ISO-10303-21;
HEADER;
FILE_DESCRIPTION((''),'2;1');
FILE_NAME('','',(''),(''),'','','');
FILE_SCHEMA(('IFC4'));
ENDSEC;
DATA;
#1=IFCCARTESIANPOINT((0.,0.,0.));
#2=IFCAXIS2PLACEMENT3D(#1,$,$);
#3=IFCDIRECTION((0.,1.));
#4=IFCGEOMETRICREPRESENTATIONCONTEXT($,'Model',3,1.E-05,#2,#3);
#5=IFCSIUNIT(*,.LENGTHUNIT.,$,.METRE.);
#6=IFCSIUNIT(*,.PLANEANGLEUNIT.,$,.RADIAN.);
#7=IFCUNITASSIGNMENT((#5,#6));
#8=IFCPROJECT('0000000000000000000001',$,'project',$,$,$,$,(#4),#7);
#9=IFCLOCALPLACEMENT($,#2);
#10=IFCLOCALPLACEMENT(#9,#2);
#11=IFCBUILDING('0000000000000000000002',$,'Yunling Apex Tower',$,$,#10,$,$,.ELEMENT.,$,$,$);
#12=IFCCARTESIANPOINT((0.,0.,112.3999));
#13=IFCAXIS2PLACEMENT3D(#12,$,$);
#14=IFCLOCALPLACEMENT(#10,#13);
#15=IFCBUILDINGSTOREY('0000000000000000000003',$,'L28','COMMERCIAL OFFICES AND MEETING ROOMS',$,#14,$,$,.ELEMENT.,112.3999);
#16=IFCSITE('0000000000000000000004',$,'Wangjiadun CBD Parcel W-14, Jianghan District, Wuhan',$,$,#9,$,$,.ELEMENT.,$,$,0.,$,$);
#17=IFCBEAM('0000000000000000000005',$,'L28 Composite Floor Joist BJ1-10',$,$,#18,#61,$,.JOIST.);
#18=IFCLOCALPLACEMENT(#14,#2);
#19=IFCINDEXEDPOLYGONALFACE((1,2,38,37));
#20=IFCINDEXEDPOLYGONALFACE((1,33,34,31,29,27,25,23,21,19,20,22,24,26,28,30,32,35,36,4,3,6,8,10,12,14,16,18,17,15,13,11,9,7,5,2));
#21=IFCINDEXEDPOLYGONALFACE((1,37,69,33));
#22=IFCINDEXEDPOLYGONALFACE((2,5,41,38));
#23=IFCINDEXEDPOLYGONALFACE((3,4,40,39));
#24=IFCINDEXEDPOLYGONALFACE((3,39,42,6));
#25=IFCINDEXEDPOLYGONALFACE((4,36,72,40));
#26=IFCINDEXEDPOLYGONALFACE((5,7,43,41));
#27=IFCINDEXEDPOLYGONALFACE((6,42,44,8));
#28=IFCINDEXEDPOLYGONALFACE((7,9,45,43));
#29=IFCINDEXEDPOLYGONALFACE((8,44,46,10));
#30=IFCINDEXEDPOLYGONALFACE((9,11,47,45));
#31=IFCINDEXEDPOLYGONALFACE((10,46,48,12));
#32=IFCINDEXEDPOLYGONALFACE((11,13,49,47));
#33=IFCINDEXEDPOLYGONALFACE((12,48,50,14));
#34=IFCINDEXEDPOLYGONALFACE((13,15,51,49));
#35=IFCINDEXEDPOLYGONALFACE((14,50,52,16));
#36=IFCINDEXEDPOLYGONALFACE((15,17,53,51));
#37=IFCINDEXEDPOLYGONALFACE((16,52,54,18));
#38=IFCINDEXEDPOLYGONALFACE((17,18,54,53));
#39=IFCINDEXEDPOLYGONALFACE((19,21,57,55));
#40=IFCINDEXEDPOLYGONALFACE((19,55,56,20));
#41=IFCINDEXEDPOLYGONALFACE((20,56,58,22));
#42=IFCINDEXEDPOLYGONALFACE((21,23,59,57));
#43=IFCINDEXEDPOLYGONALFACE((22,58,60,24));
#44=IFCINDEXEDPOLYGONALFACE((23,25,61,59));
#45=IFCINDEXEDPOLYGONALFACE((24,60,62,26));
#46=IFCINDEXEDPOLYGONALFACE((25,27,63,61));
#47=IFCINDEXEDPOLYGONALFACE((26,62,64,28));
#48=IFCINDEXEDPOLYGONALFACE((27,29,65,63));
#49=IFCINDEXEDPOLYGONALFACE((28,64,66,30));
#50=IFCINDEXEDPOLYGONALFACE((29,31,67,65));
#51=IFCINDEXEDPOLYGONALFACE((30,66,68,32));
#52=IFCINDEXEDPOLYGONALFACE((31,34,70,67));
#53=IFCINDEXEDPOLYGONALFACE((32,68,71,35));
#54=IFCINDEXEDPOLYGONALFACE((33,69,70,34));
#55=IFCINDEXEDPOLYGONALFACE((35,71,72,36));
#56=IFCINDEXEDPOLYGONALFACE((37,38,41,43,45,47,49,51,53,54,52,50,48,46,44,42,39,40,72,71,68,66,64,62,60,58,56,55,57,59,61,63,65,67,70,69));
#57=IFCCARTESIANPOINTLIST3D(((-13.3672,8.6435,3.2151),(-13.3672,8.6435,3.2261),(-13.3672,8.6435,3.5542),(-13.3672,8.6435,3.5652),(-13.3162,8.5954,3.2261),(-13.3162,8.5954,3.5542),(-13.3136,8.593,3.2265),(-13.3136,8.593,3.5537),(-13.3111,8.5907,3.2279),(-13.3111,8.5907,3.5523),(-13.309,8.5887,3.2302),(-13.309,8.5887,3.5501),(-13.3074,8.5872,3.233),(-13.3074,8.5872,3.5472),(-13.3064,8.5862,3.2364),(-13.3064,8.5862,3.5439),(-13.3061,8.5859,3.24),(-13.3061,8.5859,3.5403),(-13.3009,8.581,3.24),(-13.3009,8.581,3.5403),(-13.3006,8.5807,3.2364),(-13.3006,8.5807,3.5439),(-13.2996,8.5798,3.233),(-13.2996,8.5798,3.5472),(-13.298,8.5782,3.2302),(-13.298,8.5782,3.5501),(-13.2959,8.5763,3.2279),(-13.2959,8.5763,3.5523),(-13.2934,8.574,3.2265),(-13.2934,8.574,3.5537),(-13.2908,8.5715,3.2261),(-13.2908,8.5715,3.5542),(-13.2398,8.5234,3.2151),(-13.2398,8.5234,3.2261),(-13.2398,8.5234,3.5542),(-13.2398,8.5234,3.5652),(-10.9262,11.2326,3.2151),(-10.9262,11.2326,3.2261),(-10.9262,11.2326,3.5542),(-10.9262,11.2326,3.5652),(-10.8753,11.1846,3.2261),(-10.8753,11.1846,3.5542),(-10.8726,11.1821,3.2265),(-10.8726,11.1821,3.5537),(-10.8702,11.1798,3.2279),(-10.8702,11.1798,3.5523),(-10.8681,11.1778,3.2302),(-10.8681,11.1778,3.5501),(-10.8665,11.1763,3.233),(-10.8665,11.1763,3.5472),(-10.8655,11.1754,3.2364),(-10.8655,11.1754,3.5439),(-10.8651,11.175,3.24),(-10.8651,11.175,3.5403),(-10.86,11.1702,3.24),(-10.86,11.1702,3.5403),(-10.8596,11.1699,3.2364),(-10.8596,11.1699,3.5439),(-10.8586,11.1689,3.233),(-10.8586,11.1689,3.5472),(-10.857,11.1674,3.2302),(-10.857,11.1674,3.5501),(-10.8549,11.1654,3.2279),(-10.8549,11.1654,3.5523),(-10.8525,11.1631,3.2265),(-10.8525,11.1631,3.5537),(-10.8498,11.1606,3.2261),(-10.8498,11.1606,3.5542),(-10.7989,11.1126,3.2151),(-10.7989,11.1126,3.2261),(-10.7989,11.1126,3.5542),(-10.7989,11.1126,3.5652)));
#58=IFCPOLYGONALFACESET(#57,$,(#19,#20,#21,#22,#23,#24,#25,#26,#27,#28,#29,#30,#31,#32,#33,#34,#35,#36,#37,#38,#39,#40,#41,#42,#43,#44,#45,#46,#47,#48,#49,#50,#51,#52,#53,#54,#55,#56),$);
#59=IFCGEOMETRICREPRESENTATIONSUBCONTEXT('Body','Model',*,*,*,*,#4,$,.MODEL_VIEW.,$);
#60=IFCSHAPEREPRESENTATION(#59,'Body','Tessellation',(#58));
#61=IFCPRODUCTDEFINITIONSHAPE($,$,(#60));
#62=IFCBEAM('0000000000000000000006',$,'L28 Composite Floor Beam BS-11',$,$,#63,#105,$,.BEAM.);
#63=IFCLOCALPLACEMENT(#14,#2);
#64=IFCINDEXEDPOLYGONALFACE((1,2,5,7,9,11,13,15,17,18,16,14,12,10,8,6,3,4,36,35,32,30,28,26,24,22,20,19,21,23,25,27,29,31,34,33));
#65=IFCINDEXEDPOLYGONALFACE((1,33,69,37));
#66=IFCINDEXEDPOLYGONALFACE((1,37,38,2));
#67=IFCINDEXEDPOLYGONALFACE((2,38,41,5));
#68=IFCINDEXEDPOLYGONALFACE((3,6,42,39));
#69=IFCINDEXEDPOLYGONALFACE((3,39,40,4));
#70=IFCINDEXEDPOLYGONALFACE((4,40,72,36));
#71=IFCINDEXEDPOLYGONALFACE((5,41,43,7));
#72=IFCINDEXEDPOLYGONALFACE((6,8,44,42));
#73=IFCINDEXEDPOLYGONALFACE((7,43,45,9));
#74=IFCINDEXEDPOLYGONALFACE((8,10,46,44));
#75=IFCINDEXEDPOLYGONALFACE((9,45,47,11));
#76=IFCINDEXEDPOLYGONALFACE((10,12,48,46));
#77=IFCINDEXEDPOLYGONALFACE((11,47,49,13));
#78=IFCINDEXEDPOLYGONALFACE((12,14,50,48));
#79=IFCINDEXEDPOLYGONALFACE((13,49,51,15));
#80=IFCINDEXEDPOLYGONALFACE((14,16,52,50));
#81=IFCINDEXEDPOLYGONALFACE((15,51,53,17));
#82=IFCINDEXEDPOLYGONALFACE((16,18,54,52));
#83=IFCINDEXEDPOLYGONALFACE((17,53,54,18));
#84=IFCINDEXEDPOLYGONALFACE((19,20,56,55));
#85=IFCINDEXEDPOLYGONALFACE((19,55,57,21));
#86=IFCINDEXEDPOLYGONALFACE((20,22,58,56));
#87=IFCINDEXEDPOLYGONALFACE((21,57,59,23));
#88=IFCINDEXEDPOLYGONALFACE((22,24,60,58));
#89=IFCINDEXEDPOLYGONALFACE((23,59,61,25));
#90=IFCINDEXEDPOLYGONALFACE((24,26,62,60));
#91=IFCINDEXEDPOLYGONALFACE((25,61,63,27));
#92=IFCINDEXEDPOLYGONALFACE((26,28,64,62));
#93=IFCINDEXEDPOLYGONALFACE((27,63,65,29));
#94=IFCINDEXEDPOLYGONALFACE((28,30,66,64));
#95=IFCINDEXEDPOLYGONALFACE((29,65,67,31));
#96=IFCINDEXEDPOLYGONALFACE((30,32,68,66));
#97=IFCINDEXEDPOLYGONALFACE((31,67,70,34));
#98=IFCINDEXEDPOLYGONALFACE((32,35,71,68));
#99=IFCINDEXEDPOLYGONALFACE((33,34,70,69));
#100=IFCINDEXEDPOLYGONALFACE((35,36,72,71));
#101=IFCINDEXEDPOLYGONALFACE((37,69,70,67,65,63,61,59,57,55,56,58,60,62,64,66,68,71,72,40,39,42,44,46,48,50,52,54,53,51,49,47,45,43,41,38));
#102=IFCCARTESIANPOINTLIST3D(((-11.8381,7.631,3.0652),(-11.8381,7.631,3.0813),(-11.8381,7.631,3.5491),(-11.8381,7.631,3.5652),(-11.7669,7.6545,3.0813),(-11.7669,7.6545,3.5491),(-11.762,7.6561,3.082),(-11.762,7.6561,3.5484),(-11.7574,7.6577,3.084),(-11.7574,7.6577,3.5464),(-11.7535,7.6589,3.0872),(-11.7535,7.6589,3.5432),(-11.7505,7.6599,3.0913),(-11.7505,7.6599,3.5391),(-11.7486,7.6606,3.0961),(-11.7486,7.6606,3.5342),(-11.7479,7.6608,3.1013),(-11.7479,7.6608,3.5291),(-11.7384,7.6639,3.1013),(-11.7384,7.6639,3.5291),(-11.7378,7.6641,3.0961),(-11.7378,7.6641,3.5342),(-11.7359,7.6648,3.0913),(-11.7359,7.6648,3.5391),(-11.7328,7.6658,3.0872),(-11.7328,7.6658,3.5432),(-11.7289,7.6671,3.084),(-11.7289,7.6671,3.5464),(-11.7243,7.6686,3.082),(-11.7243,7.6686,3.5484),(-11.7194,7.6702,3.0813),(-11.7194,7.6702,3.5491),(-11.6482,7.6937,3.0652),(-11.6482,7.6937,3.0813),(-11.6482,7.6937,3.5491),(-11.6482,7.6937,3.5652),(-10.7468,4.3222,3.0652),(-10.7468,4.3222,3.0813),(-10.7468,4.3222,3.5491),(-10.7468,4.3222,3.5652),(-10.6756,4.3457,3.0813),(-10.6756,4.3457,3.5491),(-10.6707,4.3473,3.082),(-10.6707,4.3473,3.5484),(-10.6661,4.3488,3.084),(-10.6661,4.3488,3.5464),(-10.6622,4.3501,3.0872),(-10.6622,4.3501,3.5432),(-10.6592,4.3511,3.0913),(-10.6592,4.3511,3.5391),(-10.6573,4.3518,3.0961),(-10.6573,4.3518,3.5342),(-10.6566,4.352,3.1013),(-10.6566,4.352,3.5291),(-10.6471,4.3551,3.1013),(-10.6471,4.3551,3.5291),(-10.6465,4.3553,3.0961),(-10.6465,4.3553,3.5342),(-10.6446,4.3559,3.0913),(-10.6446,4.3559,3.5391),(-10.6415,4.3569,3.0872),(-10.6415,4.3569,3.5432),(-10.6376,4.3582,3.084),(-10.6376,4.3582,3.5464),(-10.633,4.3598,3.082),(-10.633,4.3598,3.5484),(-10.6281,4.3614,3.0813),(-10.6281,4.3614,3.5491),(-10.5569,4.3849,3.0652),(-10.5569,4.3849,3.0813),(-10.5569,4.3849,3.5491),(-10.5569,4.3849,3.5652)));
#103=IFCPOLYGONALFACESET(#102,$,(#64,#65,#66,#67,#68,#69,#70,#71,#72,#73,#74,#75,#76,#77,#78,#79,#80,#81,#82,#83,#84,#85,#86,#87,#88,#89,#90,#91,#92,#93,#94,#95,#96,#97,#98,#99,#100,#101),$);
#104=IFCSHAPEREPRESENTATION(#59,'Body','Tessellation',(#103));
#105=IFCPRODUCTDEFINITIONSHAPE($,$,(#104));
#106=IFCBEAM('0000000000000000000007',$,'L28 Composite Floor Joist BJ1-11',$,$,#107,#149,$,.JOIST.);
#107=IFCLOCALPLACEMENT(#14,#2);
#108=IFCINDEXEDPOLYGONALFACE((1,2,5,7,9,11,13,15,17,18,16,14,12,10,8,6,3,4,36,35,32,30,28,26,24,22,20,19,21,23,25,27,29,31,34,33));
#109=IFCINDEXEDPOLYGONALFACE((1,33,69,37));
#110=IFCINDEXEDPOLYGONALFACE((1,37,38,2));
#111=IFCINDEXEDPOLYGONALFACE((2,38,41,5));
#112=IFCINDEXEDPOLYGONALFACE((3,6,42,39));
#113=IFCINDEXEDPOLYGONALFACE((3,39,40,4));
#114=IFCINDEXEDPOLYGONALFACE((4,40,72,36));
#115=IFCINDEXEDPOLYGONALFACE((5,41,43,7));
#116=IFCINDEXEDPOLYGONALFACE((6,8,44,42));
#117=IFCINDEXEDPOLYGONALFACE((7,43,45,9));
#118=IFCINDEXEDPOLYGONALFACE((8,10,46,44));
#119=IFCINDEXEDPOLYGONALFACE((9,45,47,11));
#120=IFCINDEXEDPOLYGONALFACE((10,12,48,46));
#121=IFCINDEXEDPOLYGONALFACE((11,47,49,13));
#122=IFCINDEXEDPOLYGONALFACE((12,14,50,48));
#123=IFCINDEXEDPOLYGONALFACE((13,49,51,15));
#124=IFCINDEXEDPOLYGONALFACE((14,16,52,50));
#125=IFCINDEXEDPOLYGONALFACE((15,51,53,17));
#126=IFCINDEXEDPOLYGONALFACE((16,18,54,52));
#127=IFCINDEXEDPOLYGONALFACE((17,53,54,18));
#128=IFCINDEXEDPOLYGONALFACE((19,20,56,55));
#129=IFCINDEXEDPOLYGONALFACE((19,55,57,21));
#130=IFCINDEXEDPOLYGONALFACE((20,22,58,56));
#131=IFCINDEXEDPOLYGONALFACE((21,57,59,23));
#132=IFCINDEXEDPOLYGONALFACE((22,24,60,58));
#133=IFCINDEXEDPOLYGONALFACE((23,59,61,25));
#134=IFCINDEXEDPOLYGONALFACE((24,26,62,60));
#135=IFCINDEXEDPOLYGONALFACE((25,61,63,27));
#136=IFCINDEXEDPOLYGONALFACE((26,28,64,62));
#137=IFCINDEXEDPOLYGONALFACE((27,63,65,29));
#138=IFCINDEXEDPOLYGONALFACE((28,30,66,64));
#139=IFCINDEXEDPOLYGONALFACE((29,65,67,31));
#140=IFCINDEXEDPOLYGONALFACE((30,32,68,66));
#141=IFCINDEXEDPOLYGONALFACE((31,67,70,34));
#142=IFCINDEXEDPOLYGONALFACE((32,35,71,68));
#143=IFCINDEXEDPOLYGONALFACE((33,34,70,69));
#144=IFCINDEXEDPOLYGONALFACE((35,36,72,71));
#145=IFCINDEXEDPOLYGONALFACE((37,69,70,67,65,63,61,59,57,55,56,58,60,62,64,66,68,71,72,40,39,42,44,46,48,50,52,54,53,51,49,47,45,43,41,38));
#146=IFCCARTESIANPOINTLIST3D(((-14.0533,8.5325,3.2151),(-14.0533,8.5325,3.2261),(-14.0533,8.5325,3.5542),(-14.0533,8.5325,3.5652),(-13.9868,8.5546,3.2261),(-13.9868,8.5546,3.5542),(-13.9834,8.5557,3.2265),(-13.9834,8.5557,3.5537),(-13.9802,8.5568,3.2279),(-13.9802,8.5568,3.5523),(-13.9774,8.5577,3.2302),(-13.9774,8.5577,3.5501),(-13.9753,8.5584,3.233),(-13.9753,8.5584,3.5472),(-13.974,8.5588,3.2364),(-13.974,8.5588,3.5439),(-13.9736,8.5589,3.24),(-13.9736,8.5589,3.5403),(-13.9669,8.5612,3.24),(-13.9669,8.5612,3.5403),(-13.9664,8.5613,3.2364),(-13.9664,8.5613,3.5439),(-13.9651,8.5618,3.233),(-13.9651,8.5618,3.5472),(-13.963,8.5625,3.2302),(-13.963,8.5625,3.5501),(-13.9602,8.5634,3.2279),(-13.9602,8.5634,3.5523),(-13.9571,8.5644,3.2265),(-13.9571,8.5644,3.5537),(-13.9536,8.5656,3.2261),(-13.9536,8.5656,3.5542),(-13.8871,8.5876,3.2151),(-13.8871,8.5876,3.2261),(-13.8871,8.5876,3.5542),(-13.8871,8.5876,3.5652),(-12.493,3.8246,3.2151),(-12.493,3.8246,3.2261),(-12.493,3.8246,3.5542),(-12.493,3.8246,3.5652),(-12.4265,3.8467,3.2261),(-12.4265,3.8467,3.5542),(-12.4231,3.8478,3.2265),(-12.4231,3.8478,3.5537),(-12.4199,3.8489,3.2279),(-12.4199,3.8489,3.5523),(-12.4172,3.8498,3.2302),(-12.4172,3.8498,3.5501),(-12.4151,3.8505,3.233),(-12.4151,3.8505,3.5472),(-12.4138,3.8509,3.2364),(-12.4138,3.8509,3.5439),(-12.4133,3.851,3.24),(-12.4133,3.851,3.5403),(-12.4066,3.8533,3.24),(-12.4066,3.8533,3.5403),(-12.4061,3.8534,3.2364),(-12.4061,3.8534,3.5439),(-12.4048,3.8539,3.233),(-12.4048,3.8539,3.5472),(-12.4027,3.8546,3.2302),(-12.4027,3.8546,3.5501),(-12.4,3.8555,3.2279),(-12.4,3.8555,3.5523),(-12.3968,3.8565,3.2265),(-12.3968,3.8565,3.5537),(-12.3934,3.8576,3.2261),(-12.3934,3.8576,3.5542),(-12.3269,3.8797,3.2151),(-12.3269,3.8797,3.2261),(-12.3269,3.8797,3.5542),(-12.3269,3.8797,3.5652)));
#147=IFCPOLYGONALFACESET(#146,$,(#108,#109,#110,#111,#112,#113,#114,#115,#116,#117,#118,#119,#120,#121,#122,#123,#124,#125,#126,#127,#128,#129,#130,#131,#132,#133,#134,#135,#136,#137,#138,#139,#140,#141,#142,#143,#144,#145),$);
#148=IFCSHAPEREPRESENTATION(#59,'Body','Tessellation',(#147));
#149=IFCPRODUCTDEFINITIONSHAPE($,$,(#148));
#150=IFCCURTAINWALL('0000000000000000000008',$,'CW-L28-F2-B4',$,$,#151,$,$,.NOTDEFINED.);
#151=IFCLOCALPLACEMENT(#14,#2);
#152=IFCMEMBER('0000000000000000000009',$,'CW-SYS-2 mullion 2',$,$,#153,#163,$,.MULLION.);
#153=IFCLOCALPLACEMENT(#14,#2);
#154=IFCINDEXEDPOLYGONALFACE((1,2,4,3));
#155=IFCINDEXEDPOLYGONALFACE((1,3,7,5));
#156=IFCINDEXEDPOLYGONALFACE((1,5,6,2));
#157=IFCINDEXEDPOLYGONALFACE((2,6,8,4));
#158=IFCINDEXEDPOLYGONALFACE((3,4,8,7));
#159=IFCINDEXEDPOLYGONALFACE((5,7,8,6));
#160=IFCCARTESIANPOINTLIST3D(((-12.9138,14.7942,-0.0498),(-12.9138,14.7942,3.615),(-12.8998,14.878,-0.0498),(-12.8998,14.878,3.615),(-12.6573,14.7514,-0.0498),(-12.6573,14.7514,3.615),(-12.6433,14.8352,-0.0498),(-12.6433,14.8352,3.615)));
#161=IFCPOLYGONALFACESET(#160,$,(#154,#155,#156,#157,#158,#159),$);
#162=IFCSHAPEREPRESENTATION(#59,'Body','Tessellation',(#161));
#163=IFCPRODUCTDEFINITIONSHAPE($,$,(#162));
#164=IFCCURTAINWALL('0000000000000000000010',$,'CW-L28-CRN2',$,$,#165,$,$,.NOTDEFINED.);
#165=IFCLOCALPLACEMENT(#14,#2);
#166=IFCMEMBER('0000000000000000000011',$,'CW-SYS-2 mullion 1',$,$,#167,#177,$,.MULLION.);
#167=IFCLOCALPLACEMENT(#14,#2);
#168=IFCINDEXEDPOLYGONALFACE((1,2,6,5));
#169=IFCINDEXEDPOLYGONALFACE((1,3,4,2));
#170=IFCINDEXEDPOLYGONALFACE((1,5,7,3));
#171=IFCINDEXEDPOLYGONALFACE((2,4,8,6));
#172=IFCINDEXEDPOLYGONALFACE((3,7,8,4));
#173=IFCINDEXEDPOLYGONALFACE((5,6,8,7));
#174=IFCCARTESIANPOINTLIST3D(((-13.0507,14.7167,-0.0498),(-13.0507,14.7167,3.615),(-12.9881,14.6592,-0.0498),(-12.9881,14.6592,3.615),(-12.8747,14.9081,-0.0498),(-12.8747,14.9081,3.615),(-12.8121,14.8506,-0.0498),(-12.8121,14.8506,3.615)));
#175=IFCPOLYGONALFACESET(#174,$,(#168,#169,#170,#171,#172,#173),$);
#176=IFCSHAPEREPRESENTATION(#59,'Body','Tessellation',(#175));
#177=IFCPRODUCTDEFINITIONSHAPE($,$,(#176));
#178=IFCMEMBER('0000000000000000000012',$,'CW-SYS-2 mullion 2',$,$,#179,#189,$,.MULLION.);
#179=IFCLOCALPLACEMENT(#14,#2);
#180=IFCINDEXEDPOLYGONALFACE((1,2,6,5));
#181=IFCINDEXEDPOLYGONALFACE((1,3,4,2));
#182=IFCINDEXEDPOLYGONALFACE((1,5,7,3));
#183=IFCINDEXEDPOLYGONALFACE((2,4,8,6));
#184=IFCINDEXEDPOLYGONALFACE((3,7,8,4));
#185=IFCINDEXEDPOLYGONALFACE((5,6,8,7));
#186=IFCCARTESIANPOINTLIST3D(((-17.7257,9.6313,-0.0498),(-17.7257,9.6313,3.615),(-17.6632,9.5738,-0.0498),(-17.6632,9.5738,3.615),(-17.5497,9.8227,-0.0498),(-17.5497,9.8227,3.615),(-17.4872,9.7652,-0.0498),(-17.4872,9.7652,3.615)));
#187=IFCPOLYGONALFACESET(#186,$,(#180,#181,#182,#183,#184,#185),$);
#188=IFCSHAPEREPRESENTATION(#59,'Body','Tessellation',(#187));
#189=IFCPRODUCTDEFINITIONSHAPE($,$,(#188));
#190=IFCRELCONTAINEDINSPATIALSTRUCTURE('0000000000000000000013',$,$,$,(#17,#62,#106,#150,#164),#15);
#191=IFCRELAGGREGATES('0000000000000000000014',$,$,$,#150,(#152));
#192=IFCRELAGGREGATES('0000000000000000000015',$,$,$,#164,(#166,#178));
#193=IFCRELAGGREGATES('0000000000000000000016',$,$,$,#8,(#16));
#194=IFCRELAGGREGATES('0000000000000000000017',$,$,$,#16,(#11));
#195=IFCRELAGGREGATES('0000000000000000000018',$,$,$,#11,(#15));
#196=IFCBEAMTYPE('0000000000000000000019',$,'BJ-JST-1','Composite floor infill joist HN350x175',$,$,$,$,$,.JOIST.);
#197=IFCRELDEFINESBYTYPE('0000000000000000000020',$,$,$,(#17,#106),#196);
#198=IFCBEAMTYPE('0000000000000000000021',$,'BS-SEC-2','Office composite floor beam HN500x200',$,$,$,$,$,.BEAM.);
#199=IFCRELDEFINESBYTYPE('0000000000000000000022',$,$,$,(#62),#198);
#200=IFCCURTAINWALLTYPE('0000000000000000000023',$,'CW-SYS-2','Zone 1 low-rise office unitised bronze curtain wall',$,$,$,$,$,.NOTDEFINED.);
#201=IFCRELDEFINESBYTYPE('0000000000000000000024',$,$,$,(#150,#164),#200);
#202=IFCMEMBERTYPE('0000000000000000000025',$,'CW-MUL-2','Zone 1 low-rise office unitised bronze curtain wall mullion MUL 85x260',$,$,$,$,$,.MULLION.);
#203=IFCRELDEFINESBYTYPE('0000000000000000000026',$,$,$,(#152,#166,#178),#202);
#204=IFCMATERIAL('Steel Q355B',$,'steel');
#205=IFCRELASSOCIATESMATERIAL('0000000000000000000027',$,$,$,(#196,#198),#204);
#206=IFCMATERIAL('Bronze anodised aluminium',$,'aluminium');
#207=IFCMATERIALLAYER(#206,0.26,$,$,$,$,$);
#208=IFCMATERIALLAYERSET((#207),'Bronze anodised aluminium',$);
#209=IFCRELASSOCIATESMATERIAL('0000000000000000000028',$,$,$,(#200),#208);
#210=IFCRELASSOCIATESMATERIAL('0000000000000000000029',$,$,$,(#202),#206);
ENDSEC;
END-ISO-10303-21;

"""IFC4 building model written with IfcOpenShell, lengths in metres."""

from ifc_helpers import new_model, si_unit, direction, frame, origin, origin_2d, place, context, subcontext, project, spatial, rectangle, i_section, extrude, source, transform, mapped, material, layer, layer_set, material_profile, profile_set, type_object, element, aggregate, save


model = new_model("IFC4")

# Units and contexts
model_context = context("Model", 3, precision=1e-05, world=origin(), true_north=direction((0.0, 1.0)))
body_context = subcontext(model_context, "Body", "Model", "MODEL_VIEW")
ifc_project = project(units=[si_unit("LENGTHUNIT", "METRE"), si_unit("PLANEANGLEUNIT", "RADIAN")], contexts=[model_context])

# Site, building, storey
site_placement = place(None, origin())
site = spatial("IfcSite", under=ifc_project, at=site_placement, Name="Wangjiadun CBD Parcel W-14, Jianghan District, Wuhan", CompositionType="ELEMENT", RefElevation=0.0)
building_placement = place(site_placement, origin())
building = spatial("IfcBuilding", under=site, at=building_placement, Name="Yunling Apex Tower", CompositionType="ELEMENT")
storey_placement = place(building_placement, frame((0.0, 0.0, 112.3999)))
storey = spatial("IfcBuildingStorey", under=building, at=storey_placement, Name="L28", Description="COMMERCIAL OFFICES AND MEETING ROOMS", CompositionType="ELEMENT", Elevation=112.3999)

# Beams
ifc_material_1 = material(Name="Steel Q355B", Category="steel")
ifc_material_profile_1 = material_profile(ifc_material_1, i_section(OverallWidth=0.175, OverallDepth=0.3501, WebThickness=0.0071, FlangeThickness=0.011, FilletRadius=0.0139, at=origin_2d()))
ifc_profile_set_1 = profile_set([ifc_material_profile_1], Name="Steel Q355B")
beam_type_1 = type_object("IfcBeamType", Name="BJ-JST-1", Description="Composite floor infill joist HN350x175", PredefinedType="JOIST", material=ifc_profile_set_1)
shared_shape_1 = source(origin(), body_context, "Body", "SweptSolid", [
    extrude(i_section(OverallWidth=0.175, OverallDepth=0.3501, WebThickness=0.0071, FlangeThickness=0.011, FilletRadius=0.0139, at=origin_2d()), origin(), (0.0, 0.0, 1.0), 3.5583),
])
beam_1_placement = place(storey_placement, frame((-10.8625, 11.1726, 3.3901), z_axis=(-0.685977, -0.727624, 0.0), x_axis=(0.727624, -0.685977, 0.0)))
element("IfcBeam", 1, at=beam_1_placement, inside=storey, type_object=beam_type_1, Name="L28 Composite Floor Joist BJ1-10", PredefinedType="JOIST", context=body_context, shape_type="MappedRepresentation", body=[
    mapped(shared_shape_1, transform((0.0, 0.0, 0.0), scale=1.0)),
])
ifc_material_profile_2 = material_profile(ifc_material_1, i_section(OverallWidth=0.2, OverallDepth=0.5, WebThickness=0.01, FlangeThickness=0.0161, FilletRadius=0.02, at=origin_2d()))
ifc_profile_set_2 = profile_set([ifc_material_profile_2], Name="Steel Q355B")
beam_type_2 = type_object("IfcBeamType", Name="BS-SEC-2", Description="Office composite floor beam HN500x200", PredefinedType="BEAM", material=ifc_profile_set_2)
shared_shape_2 = source(origin(), body_context, "Body", "SweptSolid", [
    extrude(i_section(OverallWidth=0.2, OverallDepth=0.5, WebThickness=0.01, FlangeThickness=0.0161, FilletRadius=0.02, at=origin_2d()), origin(), (0.0, 0.0, 1.0), 3.4841),
])
beam_2_placement = place(storey_placement, frame((-11.7432, 7.6624, 3.3152), z_axis=(0.31322, -0.949681, 0.0), x_axis=(0.949681, 0.31322, 0.0)))
element("IfcBeam", 2, at=beam_2_placement, inside=storey, type_object=beam_type_2, Name="L28 Composite Floor Beam BS-11", PredefinedType="BEAM", context=body_context, shape_type="MappedRepresentation", body=[
    mapped(shared_shape_2, transform((0.0, 0.0, 0.0), scale=1.0)),
])
shared_shape_3 = source(origin(), body_context, "Body", "SweptSolid", [
    extrude(i_section(OverallWidth=0.175, OverallDepth=0.3501, WebThickness=0.0071, FlangeThickness=0.011, FilletRadius=0.0139, at=origin_2d()), origin(), (0.0, 0.0, 1.0), 4.9597),
])
beam_3_placement = place(storey_placement, frame((-13.9702, 8.5601, 3.3901), z_axis=(0.314588, -0.949228, 0.0), x_axis=(0.949228, 0.314588, 0.0)))
element("IfcBeam", 3, at=beam_3_placement, inside=storey, type_object=beam_type_1, Name="L28 Composite Floor Joist BJ1-11", PredefinedType="JOIST", context=body_context, shape_type="MappedRepresentation", body=[
    mapped(shared_shape_3, transform((0.0, 0.0, 0.0), scale=1.0)),
])

# Curtain wall, member
ifc_material_2 = material(Name="Bronze anodised aluminium", Category="aluminium")
ifc_layer_1 = layer(ifc_material_2, 0.26)
ifc_layer_set_1 = layer_set([ifc_layer_1], Name="Bronze anodised aluminium")
curtain_wall_type = type_object("IfcCurtainWallType", Name="CW-SYS-2", Description="Zone 1 low-rise office unitised bronze curtain wall", PredefinedType="NOTDEFINED", material=ifc_layer_set_1)
curtain_wall_1_placement = place(storey_placement, origin())
curtain_wall_1 = element("IfcCurtainWall", 4, at=curtain_wall_1_placement, inside=storey, type_object=curtain_wall_type, Name="CW-L28-F2-B4", PredefinedType="NOTDEFINED")
ifc_material_profile_3 = material_profile(ifc_material_2, rectangle(XDim=0.085, YDim=0.26, at=origin_2d()))
ifc_profile_set_3 = profile_set([ifc_material_profile_3], Name="Bronze anodised aluminium")
member_type_1 = type_object("IfcMemberType", Name="CW-MUL-2", Description="Zone 1 low-rise office unitised bronze curtain wall mullion MUL 85x260", PredefinedType="MULLION", material=ifc_profile_set_3)
shared_shape_4 = source(origin(), body_context, "Body", "SweptSolid", [
    extrude(rectangle(XDim=0.085, YDim=0.26, at=origin_2d()), origin(), (0.0, 0.0, 1.0), 3.6648),
])
member_1_placement = place(storey_placement, frame((-12.7786, 14.8147, -0.0498), z_axis=(0.0, 0.0, 1.0), x_axis=(-0.16436, -0.9864, 0.0)))
member_1 = element("IfcMember", 5, at=member_1_placement, type_object=member_type_1, Name="CW-SYS-2 mullion 2", PredefinedType="MULLION", context=body_context, shape_type="MappedRepresentation", body=[
    mapped(shared_shape_4, transform((0.0, 0.0, 0.0), scale=1.0)),
])
aggregate(curtain_wall_1, [member_1])

# Curtain wall, members
curtain_wall_2_placement = place(storey_placement, origin())
curtain_wall_2 = element("IfcCurtainWall", 6, at=curtain_wall_2_placement, inside=storey, type_object=curtain_wall_type, Name="CW-L28-CRN2", PredefinedType="NOTDEFINED")
member_2_placement = place(storey_placement, frame((-12.9314, 14.7837, -0.0498), z_axis=(0.0, 0.0, 1.0), x_axis=(0.736185, -0.676781, 0.0)))
member_2 = element("IfcMember", 7, at=member_2_placement, type_object=member_type_1, Name="CW-SYS-2 mullion 1", PredefinedType="MULLION", context=body_context, shape_type="MappedRepresentation", body=[
    mapped(shared_shape_4, transform((0.0, 0.0, 0.0), scale=1.0)),
])
member_3_placement = place(storey_placement, frame((-17.6064, 9.6982, -0.0498), z_axis=(0.0, 0.0, 1.0), x_axis=(0.736185, -0.676781, 0.0)))
member_3 = element("IfcMember", 8, at=member_3_placement, type_object=member_type_1, Name="CW-SYS-2 mullion 2", PredefinedType="MULLION", context=body_context, shape_type="MappedRepresentation", body=[
    mapped(shared_shape_4, transform((0.0, 0.0, 0.0), scale=1.0)),
])

aggregate(curtain_wall_2, [member_2, member_3])

save(model, "model.ifc")
